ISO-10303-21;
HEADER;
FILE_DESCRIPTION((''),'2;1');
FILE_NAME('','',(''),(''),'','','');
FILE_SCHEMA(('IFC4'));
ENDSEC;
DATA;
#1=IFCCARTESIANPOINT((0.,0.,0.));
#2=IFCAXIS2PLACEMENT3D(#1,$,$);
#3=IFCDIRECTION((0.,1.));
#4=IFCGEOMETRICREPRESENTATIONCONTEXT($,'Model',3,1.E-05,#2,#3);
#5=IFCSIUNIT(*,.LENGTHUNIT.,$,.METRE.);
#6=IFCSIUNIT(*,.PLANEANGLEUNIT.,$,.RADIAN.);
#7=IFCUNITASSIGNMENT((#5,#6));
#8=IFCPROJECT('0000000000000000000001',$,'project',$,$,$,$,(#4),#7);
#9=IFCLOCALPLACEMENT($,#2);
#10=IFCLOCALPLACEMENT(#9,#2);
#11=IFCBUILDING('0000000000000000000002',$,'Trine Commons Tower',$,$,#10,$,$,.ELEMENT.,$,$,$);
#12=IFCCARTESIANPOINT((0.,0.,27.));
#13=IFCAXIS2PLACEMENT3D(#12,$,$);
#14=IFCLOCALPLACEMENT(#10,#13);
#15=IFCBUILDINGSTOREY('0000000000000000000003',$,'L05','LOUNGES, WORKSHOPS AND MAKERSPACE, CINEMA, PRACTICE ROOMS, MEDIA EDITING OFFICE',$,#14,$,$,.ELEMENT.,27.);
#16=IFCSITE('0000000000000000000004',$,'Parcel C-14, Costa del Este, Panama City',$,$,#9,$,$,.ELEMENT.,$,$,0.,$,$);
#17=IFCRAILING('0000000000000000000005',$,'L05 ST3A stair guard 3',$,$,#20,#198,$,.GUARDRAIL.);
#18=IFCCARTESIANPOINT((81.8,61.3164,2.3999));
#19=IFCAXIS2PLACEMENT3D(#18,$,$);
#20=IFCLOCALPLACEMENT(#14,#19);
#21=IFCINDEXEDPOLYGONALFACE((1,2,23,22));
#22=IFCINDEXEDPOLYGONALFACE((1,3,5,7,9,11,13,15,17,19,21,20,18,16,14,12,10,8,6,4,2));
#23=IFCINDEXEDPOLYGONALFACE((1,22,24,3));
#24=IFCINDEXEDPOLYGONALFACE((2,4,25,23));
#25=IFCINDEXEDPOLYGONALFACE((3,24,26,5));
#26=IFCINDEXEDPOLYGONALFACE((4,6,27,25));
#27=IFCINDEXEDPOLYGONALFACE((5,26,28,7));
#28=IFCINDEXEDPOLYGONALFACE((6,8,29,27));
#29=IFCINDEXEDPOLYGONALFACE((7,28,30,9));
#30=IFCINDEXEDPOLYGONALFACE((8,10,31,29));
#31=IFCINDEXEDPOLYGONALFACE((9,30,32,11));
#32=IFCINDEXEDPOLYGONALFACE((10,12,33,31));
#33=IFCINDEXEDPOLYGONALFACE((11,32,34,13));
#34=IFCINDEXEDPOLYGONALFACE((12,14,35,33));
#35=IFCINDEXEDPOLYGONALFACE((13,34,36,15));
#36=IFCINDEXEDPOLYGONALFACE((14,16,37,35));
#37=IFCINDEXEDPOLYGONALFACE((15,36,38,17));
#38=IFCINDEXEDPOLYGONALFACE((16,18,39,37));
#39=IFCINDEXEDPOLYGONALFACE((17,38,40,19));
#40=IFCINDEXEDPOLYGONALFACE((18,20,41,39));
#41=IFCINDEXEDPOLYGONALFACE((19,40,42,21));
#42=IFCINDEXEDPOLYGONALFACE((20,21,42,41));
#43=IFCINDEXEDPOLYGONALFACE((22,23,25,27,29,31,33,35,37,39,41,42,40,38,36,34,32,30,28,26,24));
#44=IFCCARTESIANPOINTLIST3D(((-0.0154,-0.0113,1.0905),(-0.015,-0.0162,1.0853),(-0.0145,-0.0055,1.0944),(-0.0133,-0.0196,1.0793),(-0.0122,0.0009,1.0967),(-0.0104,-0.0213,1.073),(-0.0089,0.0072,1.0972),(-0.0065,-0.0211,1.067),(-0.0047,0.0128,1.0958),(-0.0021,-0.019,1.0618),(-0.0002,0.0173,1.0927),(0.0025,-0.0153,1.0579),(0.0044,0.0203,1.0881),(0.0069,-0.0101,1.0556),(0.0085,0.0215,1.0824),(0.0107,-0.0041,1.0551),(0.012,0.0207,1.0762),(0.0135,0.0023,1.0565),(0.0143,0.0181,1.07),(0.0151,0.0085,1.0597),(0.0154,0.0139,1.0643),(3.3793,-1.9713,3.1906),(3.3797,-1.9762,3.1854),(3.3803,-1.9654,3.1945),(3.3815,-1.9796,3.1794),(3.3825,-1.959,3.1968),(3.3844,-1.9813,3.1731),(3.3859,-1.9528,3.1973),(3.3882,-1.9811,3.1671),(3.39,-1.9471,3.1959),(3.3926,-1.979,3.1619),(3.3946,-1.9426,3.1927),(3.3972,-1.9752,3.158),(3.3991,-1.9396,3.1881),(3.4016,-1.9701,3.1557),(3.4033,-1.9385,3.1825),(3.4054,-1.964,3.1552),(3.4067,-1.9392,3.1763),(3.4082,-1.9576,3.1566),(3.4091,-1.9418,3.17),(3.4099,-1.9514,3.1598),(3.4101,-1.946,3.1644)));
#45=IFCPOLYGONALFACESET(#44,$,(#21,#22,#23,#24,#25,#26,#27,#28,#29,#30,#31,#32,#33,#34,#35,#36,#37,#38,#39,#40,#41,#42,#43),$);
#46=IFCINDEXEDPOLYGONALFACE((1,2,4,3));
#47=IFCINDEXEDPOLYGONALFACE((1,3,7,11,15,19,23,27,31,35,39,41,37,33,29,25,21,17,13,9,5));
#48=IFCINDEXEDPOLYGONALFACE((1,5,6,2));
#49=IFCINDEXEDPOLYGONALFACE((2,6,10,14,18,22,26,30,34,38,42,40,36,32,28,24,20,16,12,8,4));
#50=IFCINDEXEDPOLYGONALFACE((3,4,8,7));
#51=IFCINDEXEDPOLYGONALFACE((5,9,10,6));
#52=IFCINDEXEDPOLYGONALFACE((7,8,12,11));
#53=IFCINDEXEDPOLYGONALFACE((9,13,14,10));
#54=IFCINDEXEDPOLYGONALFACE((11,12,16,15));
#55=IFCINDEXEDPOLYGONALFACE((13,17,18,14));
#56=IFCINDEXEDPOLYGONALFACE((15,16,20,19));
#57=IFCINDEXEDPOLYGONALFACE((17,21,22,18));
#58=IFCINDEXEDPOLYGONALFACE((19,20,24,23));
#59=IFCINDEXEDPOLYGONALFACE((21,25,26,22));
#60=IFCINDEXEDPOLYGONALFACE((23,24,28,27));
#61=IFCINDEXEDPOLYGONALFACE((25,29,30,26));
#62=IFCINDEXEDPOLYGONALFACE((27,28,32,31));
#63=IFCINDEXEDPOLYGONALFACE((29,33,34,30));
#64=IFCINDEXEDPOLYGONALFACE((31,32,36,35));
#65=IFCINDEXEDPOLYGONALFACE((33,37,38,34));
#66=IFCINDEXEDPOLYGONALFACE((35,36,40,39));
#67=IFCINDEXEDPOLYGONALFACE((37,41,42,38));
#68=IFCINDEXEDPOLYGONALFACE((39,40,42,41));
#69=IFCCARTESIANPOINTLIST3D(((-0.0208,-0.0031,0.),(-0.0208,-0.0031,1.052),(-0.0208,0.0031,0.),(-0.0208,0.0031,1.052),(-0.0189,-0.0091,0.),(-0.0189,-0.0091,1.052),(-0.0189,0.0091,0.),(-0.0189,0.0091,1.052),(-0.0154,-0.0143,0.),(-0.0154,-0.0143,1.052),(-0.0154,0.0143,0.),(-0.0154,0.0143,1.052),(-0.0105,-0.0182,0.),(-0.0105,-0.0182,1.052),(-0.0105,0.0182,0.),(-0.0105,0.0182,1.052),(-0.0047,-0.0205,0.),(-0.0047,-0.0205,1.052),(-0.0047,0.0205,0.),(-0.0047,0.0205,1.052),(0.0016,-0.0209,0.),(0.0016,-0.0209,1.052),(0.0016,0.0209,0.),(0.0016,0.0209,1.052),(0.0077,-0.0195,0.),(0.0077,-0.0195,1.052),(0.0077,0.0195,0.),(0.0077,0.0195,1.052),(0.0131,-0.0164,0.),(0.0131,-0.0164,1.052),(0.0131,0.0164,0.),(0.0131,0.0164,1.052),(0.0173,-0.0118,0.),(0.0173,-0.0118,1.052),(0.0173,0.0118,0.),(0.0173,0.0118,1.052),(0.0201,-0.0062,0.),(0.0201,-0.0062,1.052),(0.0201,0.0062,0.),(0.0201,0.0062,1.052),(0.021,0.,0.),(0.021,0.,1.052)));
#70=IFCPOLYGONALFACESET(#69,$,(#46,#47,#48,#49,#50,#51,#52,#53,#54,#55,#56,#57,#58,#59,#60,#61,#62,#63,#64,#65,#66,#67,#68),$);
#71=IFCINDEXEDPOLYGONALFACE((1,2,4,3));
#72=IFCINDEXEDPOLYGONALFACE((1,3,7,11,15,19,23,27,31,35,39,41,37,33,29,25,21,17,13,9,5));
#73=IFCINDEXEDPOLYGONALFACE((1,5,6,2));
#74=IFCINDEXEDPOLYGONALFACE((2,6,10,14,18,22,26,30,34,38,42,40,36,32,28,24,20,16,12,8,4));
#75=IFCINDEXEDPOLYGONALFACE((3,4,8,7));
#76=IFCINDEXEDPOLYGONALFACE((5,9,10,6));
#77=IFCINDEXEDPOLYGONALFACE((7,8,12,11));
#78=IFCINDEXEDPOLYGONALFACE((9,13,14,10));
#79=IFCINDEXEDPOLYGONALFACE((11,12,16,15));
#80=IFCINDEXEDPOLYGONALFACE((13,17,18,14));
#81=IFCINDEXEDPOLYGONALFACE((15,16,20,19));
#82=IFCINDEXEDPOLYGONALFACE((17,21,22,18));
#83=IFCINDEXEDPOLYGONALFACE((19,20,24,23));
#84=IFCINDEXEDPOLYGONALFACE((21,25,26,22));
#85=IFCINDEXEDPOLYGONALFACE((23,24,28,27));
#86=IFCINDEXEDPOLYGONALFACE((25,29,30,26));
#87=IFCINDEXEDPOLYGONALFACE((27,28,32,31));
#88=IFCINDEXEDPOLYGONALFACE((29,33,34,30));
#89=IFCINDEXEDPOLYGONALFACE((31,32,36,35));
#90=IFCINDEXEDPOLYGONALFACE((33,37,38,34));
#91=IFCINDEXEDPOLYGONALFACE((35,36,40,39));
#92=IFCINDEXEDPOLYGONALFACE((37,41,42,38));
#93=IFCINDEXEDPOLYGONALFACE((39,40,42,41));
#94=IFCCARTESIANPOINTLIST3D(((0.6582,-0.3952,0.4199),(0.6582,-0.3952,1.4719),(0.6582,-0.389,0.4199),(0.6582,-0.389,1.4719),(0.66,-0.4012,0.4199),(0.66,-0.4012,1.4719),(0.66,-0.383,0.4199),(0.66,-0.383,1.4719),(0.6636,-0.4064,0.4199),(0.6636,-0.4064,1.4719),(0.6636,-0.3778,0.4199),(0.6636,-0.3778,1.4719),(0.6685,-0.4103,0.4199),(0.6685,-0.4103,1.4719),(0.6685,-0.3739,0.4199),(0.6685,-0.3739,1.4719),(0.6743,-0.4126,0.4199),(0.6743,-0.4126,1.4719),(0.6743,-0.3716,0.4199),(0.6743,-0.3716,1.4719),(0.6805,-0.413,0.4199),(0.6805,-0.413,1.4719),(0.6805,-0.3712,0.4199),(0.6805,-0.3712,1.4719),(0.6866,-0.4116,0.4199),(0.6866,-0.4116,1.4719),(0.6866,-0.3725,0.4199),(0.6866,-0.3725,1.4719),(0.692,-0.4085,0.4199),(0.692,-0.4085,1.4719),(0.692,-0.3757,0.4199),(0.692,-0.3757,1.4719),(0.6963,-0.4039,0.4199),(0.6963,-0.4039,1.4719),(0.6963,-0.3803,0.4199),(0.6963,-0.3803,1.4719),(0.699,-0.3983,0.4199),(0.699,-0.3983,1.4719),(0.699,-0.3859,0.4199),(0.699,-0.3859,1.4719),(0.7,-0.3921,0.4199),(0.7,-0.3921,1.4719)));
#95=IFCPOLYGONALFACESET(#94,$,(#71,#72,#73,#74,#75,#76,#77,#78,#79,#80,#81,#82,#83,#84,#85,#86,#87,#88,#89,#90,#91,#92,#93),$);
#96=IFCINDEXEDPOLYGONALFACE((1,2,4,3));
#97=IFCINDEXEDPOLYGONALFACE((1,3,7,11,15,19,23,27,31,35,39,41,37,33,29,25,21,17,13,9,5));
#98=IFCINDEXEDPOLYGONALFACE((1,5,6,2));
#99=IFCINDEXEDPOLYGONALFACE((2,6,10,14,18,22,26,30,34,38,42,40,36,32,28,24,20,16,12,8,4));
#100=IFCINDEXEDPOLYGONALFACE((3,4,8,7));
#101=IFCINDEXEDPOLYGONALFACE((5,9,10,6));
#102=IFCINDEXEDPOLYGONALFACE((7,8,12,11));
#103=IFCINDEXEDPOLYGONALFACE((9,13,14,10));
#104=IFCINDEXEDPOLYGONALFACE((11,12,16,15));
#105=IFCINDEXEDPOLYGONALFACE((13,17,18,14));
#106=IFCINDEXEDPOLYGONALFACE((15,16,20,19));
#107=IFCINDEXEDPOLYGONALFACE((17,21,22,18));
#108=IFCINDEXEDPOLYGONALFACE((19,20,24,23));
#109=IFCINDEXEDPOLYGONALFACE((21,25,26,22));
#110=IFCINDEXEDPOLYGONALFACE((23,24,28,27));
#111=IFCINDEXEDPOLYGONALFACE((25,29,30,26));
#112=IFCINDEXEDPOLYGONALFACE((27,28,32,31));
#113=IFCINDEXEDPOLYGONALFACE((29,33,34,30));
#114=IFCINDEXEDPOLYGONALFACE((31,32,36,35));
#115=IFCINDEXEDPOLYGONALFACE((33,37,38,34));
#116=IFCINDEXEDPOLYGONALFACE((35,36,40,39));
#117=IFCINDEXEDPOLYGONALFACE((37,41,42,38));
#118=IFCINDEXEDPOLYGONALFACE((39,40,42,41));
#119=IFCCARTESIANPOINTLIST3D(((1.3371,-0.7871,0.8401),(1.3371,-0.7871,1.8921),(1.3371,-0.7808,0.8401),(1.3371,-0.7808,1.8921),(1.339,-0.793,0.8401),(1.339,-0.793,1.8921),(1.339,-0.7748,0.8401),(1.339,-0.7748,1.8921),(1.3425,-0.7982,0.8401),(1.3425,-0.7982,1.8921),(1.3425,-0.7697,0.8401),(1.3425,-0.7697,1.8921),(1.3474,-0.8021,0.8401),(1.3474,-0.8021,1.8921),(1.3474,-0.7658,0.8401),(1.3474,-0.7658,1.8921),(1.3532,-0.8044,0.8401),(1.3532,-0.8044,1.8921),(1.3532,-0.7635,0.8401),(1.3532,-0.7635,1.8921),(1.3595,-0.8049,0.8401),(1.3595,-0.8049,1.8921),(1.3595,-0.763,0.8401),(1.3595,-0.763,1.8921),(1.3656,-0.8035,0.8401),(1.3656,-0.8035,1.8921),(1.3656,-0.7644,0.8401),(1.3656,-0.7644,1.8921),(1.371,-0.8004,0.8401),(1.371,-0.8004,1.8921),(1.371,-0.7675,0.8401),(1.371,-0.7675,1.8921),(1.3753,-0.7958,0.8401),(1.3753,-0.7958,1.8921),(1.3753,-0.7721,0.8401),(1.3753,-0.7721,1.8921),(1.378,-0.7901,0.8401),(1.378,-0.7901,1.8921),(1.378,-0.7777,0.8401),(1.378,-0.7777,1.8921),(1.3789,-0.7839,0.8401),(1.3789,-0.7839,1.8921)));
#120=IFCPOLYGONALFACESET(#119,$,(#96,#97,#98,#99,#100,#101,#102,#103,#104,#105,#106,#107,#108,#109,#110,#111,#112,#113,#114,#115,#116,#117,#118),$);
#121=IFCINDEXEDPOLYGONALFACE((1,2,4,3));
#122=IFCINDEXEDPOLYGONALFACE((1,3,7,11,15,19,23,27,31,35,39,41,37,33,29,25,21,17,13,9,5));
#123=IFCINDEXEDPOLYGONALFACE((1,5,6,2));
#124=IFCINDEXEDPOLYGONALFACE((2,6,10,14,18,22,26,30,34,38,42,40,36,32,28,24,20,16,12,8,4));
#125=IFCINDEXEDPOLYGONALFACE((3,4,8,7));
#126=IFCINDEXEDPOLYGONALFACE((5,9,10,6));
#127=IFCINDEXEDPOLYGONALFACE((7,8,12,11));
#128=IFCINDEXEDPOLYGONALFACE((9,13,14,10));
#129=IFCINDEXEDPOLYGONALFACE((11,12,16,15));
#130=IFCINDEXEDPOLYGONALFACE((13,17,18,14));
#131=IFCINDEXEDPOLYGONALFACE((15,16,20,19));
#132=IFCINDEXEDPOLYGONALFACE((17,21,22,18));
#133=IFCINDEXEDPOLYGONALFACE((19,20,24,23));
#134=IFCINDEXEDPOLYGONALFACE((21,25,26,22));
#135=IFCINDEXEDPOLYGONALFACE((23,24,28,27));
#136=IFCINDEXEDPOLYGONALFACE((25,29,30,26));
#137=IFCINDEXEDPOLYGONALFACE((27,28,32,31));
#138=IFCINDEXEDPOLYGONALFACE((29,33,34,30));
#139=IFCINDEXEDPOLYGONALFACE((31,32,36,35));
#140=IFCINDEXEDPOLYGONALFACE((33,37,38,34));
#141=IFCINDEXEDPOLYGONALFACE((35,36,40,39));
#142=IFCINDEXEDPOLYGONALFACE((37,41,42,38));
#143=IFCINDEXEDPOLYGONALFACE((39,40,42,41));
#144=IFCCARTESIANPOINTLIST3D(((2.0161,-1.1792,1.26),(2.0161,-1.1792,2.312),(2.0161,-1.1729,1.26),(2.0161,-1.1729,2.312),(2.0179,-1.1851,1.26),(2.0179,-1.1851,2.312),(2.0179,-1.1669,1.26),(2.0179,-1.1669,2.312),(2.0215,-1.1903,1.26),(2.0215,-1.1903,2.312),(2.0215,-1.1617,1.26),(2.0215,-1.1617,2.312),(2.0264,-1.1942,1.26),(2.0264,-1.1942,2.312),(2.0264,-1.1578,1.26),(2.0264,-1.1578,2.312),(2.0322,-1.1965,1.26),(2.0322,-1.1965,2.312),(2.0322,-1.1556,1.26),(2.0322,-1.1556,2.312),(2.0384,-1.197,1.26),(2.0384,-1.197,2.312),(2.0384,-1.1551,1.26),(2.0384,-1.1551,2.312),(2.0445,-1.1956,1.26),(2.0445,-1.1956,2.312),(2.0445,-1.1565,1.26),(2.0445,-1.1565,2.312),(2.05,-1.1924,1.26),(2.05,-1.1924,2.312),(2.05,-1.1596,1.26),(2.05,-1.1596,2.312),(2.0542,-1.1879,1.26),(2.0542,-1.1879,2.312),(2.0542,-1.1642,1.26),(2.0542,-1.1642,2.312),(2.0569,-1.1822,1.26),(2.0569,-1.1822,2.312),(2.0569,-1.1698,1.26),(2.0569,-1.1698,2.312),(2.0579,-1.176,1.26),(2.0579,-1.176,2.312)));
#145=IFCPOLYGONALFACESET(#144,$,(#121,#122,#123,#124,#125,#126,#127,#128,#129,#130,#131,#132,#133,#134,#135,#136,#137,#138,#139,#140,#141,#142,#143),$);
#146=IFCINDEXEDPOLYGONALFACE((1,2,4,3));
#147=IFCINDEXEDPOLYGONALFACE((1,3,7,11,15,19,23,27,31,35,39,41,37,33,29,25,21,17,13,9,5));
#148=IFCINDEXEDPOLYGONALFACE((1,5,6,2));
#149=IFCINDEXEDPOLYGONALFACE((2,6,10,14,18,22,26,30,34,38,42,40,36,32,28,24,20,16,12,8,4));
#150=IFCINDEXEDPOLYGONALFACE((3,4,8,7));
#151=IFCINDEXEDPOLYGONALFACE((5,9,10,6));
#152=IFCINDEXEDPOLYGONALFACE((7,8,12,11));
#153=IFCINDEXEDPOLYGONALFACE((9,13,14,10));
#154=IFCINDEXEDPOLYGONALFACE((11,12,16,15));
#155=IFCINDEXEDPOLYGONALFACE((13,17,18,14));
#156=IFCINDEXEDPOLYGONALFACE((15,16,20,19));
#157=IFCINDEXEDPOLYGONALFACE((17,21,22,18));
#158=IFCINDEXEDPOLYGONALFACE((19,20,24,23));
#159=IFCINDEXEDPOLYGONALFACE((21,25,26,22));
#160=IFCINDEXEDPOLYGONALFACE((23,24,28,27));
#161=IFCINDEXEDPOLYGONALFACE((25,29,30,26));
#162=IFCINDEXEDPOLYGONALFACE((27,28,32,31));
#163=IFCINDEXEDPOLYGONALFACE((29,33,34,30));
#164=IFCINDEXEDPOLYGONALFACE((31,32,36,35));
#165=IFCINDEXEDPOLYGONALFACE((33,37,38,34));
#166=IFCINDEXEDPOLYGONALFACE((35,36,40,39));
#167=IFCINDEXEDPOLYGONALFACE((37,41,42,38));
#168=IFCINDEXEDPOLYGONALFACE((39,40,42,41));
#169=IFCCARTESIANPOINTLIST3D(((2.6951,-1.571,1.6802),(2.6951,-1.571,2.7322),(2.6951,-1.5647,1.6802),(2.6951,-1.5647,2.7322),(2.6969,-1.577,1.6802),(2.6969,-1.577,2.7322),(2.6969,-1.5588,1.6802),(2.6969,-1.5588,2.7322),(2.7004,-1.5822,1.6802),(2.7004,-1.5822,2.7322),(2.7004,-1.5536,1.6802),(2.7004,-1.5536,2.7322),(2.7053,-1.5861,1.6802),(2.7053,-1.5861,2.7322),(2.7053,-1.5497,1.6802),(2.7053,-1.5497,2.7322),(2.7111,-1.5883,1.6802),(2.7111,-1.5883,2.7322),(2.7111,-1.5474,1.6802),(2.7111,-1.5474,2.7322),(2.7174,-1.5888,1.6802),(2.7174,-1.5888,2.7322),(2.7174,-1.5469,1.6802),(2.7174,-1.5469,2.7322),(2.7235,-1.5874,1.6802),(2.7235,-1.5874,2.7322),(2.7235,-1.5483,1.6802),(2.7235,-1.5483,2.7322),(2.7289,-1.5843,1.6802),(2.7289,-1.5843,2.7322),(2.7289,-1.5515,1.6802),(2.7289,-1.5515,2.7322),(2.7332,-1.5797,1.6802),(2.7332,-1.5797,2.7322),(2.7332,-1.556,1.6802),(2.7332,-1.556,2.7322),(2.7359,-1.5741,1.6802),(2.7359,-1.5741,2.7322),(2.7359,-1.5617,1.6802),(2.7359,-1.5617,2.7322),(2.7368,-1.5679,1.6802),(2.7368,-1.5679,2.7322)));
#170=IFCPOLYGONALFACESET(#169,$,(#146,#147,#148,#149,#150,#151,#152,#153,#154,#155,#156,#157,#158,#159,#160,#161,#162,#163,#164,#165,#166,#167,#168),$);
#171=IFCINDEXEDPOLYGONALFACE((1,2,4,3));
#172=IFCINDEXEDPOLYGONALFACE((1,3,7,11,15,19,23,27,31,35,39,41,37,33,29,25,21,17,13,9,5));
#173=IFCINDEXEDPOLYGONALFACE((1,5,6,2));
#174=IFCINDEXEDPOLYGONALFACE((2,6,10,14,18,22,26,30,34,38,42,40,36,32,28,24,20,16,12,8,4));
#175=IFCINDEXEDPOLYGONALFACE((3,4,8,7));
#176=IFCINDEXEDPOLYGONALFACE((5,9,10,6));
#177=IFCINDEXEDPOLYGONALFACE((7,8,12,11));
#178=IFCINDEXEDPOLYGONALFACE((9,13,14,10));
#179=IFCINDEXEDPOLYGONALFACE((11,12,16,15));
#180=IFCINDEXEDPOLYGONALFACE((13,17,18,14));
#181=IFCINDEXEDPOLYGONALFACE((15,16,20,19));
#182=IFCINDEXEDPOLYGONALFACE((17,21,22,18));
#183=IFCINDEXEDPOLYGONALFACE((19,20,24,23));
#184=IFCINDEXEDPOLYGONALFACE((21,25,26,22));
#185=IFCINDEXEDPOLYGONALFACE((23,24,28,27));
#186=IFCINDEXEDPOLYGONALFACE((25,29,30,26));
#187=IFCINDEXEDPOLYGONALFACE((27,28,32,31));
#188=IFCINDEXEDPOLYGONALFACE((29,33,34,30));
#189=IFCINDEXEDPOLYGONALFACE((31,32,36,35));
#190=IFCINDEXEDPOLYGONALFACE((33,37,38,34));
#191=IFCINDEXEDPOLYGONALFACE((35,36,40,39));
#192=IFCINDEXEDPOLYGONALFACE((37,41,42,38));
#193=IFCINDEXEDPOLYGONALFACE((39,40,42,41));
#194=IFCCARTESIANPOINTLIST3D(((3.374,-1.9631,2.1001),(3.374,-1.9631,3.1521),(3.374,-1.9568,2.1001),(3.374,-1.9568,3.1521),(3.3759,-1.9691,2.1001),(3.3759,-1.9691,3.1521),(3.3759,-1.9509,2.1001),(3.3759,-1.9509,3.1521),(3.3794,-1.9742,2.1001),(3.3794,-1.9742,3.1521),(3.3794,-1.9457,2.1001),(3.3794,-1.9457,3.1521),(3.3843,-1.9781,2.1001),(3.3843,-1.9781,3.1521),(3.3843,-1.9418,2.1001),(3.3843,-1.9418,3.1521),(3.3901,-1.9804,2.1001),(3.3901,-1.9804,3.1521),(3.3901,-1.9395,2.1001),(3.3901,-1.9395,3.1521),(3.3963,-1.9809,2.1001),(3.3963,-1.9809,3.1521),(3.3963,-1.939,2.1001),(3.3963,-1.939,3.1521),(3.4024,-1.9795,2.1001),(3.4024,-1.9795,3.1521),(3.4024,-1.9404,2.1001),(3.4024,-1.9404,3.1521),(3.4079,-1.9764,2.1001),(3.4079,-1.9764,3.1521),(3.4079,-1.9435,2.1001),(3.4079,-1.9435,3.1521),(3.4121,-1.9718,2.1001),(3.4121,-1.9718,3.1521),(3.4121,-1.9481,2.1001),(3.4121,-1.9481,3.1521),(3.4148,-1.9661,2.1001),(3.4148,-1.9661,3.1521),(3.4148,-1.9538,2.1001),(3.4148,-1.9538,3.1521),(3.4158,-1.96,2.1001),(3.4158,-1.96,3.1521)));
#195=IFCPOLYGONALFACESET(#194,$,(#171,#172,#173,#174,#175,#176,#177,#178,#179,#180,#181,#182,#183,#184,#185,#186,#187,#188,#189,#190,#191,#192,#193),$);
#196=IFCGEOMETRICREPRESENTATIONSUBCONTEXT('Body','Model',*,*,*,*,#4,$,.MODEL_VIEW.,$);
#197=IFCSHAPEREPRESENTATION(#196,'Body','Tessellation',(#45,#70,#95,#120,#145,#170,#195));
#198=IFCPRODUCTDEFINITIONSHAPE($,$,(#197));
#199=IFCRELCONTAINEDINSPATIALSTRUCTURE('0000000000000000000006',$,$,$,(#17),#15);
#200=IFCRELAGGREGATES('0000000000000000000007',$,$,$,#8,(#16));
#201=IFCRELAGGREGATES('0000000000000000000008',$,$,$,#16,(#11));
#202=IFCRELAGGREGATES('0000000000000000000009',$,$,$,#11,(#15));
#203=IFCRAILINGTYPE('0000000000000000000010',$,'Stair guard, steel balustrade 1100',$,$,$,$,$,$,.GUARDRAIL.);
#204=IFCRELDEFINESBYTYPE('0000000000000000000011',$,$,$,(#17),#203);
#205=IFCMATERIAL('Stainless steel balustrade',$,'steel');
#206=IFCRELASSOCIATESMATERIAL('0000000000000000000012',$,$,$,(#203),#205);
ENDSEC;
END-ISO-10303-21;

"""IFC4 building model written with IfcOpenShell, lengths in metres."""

from ifc_helpers import new_model, si_unit, direction, frame, origin, origin_2d, place, context, subcontext, project, spatial, circle, extrude, material, type_object, element, save


model = new_model("IFC4")

# Units and contexts
model_context = context("Model", 3, precision=1e-05, world=origin(), true_north=direction((0.0, 1.0)))
body_context = subcontext(model_context, "Body", "Model", "MODEL_VIEW")
ifc_project = project(units=[si_unit("LENGTHUNIT", "METRE"), si_unit("PLANEANGLEUNIT", "RADIAN")], contexts=[model_context])

# Site, building, storey
site_placement = place(None, origin())
site = spatial("IfcSite", under=ifc_project, at=site_placement, Name="Parcel C-14, Costa del Este, Panama City", CompositionType="ELEMENT", RefElevation=0.0)
building_placement = place(site_placement, origin())
building = spatial("IfcBuilding", under=site, at=building_placement, Name="Trine Commons Tower", CompositionType="ELEMENT")
storey_placement = place(building_placement, frame((0.0, 0.0, 27.0)))
storey = spatial("IfcBuildingStorey", under=building, at=storey_placement, Name="L05", Description="LOUNGES, WORKSHOPS AND MAKERSPACE, CINEMA, PRACTICE ROOMS, MEDIA EDITING OFFICE", CompositionType="ELEMENT", Elevation=27.0)

# Railing
ifc_material_1 = material(Name="Stainless steel balustrade", Category="steel")
railing_type_1 = type_object("IfcRailingType", Name="Stair guard, steel balustrade 1100", PredefinedType="GUARDRAIL", material=ifc_material_1)
railing_1_placement = place(storey_placement, frame((81.8, 61.3164, 2.3999)))
element("IfcRailing", 1, at=railing_1_placement, inside=storey, type_object=railing_type_1, Name="L05 ST3A stair guard 3", PredefinedType="GUARDRAIL", context=body_context, shape_type="SweptSolid", body=[
    extrude(circle(Radius=0.0239, at=origin_2d()), frame((0.0, 0.0, 1.0762), z_axis=(0.763375, -0.440732, 0.472244), x_axis=(0.499997, 0.866027, 0.0)), (0.0, 0.0, 1.0), 4.447),
    extrude(circle(Radius=0.021, at=origin_2d()), origin(), (0.0, 0.0, 1.0), 1.052),
    extrude(circle(Radius=0.021, at=origin_2d()), frame((0.679, -0.3921, 0.4199)), (0.0, 0.0, 1.0), 1.052),
    extrude(circle(Radius=0.021, at=origin_2d()), frame((1.3579, -0.7839, 0.8401)), (0.0, 0.0, 1.0), 1.052),
    extrude(circle(Radius=0.021, at=origin_2d()), frame((2.0369, -1.176, 1.26)), (0.0, 0.0, 1.0), 1.052),
    extrude(circle(Radius=0.021, at=origin_2d()), frame((2.7158, -1.5679, 1.6802)), (0.0, 0.0, 1.0), 1.052),
    extrude(circle(Radius=0.021, at=origin_2d()), frame((3.3948, -1.96, 2.1001)), (0.0, 0.0, 1.0), 1.052),
])

save(model, "model.ifc")
